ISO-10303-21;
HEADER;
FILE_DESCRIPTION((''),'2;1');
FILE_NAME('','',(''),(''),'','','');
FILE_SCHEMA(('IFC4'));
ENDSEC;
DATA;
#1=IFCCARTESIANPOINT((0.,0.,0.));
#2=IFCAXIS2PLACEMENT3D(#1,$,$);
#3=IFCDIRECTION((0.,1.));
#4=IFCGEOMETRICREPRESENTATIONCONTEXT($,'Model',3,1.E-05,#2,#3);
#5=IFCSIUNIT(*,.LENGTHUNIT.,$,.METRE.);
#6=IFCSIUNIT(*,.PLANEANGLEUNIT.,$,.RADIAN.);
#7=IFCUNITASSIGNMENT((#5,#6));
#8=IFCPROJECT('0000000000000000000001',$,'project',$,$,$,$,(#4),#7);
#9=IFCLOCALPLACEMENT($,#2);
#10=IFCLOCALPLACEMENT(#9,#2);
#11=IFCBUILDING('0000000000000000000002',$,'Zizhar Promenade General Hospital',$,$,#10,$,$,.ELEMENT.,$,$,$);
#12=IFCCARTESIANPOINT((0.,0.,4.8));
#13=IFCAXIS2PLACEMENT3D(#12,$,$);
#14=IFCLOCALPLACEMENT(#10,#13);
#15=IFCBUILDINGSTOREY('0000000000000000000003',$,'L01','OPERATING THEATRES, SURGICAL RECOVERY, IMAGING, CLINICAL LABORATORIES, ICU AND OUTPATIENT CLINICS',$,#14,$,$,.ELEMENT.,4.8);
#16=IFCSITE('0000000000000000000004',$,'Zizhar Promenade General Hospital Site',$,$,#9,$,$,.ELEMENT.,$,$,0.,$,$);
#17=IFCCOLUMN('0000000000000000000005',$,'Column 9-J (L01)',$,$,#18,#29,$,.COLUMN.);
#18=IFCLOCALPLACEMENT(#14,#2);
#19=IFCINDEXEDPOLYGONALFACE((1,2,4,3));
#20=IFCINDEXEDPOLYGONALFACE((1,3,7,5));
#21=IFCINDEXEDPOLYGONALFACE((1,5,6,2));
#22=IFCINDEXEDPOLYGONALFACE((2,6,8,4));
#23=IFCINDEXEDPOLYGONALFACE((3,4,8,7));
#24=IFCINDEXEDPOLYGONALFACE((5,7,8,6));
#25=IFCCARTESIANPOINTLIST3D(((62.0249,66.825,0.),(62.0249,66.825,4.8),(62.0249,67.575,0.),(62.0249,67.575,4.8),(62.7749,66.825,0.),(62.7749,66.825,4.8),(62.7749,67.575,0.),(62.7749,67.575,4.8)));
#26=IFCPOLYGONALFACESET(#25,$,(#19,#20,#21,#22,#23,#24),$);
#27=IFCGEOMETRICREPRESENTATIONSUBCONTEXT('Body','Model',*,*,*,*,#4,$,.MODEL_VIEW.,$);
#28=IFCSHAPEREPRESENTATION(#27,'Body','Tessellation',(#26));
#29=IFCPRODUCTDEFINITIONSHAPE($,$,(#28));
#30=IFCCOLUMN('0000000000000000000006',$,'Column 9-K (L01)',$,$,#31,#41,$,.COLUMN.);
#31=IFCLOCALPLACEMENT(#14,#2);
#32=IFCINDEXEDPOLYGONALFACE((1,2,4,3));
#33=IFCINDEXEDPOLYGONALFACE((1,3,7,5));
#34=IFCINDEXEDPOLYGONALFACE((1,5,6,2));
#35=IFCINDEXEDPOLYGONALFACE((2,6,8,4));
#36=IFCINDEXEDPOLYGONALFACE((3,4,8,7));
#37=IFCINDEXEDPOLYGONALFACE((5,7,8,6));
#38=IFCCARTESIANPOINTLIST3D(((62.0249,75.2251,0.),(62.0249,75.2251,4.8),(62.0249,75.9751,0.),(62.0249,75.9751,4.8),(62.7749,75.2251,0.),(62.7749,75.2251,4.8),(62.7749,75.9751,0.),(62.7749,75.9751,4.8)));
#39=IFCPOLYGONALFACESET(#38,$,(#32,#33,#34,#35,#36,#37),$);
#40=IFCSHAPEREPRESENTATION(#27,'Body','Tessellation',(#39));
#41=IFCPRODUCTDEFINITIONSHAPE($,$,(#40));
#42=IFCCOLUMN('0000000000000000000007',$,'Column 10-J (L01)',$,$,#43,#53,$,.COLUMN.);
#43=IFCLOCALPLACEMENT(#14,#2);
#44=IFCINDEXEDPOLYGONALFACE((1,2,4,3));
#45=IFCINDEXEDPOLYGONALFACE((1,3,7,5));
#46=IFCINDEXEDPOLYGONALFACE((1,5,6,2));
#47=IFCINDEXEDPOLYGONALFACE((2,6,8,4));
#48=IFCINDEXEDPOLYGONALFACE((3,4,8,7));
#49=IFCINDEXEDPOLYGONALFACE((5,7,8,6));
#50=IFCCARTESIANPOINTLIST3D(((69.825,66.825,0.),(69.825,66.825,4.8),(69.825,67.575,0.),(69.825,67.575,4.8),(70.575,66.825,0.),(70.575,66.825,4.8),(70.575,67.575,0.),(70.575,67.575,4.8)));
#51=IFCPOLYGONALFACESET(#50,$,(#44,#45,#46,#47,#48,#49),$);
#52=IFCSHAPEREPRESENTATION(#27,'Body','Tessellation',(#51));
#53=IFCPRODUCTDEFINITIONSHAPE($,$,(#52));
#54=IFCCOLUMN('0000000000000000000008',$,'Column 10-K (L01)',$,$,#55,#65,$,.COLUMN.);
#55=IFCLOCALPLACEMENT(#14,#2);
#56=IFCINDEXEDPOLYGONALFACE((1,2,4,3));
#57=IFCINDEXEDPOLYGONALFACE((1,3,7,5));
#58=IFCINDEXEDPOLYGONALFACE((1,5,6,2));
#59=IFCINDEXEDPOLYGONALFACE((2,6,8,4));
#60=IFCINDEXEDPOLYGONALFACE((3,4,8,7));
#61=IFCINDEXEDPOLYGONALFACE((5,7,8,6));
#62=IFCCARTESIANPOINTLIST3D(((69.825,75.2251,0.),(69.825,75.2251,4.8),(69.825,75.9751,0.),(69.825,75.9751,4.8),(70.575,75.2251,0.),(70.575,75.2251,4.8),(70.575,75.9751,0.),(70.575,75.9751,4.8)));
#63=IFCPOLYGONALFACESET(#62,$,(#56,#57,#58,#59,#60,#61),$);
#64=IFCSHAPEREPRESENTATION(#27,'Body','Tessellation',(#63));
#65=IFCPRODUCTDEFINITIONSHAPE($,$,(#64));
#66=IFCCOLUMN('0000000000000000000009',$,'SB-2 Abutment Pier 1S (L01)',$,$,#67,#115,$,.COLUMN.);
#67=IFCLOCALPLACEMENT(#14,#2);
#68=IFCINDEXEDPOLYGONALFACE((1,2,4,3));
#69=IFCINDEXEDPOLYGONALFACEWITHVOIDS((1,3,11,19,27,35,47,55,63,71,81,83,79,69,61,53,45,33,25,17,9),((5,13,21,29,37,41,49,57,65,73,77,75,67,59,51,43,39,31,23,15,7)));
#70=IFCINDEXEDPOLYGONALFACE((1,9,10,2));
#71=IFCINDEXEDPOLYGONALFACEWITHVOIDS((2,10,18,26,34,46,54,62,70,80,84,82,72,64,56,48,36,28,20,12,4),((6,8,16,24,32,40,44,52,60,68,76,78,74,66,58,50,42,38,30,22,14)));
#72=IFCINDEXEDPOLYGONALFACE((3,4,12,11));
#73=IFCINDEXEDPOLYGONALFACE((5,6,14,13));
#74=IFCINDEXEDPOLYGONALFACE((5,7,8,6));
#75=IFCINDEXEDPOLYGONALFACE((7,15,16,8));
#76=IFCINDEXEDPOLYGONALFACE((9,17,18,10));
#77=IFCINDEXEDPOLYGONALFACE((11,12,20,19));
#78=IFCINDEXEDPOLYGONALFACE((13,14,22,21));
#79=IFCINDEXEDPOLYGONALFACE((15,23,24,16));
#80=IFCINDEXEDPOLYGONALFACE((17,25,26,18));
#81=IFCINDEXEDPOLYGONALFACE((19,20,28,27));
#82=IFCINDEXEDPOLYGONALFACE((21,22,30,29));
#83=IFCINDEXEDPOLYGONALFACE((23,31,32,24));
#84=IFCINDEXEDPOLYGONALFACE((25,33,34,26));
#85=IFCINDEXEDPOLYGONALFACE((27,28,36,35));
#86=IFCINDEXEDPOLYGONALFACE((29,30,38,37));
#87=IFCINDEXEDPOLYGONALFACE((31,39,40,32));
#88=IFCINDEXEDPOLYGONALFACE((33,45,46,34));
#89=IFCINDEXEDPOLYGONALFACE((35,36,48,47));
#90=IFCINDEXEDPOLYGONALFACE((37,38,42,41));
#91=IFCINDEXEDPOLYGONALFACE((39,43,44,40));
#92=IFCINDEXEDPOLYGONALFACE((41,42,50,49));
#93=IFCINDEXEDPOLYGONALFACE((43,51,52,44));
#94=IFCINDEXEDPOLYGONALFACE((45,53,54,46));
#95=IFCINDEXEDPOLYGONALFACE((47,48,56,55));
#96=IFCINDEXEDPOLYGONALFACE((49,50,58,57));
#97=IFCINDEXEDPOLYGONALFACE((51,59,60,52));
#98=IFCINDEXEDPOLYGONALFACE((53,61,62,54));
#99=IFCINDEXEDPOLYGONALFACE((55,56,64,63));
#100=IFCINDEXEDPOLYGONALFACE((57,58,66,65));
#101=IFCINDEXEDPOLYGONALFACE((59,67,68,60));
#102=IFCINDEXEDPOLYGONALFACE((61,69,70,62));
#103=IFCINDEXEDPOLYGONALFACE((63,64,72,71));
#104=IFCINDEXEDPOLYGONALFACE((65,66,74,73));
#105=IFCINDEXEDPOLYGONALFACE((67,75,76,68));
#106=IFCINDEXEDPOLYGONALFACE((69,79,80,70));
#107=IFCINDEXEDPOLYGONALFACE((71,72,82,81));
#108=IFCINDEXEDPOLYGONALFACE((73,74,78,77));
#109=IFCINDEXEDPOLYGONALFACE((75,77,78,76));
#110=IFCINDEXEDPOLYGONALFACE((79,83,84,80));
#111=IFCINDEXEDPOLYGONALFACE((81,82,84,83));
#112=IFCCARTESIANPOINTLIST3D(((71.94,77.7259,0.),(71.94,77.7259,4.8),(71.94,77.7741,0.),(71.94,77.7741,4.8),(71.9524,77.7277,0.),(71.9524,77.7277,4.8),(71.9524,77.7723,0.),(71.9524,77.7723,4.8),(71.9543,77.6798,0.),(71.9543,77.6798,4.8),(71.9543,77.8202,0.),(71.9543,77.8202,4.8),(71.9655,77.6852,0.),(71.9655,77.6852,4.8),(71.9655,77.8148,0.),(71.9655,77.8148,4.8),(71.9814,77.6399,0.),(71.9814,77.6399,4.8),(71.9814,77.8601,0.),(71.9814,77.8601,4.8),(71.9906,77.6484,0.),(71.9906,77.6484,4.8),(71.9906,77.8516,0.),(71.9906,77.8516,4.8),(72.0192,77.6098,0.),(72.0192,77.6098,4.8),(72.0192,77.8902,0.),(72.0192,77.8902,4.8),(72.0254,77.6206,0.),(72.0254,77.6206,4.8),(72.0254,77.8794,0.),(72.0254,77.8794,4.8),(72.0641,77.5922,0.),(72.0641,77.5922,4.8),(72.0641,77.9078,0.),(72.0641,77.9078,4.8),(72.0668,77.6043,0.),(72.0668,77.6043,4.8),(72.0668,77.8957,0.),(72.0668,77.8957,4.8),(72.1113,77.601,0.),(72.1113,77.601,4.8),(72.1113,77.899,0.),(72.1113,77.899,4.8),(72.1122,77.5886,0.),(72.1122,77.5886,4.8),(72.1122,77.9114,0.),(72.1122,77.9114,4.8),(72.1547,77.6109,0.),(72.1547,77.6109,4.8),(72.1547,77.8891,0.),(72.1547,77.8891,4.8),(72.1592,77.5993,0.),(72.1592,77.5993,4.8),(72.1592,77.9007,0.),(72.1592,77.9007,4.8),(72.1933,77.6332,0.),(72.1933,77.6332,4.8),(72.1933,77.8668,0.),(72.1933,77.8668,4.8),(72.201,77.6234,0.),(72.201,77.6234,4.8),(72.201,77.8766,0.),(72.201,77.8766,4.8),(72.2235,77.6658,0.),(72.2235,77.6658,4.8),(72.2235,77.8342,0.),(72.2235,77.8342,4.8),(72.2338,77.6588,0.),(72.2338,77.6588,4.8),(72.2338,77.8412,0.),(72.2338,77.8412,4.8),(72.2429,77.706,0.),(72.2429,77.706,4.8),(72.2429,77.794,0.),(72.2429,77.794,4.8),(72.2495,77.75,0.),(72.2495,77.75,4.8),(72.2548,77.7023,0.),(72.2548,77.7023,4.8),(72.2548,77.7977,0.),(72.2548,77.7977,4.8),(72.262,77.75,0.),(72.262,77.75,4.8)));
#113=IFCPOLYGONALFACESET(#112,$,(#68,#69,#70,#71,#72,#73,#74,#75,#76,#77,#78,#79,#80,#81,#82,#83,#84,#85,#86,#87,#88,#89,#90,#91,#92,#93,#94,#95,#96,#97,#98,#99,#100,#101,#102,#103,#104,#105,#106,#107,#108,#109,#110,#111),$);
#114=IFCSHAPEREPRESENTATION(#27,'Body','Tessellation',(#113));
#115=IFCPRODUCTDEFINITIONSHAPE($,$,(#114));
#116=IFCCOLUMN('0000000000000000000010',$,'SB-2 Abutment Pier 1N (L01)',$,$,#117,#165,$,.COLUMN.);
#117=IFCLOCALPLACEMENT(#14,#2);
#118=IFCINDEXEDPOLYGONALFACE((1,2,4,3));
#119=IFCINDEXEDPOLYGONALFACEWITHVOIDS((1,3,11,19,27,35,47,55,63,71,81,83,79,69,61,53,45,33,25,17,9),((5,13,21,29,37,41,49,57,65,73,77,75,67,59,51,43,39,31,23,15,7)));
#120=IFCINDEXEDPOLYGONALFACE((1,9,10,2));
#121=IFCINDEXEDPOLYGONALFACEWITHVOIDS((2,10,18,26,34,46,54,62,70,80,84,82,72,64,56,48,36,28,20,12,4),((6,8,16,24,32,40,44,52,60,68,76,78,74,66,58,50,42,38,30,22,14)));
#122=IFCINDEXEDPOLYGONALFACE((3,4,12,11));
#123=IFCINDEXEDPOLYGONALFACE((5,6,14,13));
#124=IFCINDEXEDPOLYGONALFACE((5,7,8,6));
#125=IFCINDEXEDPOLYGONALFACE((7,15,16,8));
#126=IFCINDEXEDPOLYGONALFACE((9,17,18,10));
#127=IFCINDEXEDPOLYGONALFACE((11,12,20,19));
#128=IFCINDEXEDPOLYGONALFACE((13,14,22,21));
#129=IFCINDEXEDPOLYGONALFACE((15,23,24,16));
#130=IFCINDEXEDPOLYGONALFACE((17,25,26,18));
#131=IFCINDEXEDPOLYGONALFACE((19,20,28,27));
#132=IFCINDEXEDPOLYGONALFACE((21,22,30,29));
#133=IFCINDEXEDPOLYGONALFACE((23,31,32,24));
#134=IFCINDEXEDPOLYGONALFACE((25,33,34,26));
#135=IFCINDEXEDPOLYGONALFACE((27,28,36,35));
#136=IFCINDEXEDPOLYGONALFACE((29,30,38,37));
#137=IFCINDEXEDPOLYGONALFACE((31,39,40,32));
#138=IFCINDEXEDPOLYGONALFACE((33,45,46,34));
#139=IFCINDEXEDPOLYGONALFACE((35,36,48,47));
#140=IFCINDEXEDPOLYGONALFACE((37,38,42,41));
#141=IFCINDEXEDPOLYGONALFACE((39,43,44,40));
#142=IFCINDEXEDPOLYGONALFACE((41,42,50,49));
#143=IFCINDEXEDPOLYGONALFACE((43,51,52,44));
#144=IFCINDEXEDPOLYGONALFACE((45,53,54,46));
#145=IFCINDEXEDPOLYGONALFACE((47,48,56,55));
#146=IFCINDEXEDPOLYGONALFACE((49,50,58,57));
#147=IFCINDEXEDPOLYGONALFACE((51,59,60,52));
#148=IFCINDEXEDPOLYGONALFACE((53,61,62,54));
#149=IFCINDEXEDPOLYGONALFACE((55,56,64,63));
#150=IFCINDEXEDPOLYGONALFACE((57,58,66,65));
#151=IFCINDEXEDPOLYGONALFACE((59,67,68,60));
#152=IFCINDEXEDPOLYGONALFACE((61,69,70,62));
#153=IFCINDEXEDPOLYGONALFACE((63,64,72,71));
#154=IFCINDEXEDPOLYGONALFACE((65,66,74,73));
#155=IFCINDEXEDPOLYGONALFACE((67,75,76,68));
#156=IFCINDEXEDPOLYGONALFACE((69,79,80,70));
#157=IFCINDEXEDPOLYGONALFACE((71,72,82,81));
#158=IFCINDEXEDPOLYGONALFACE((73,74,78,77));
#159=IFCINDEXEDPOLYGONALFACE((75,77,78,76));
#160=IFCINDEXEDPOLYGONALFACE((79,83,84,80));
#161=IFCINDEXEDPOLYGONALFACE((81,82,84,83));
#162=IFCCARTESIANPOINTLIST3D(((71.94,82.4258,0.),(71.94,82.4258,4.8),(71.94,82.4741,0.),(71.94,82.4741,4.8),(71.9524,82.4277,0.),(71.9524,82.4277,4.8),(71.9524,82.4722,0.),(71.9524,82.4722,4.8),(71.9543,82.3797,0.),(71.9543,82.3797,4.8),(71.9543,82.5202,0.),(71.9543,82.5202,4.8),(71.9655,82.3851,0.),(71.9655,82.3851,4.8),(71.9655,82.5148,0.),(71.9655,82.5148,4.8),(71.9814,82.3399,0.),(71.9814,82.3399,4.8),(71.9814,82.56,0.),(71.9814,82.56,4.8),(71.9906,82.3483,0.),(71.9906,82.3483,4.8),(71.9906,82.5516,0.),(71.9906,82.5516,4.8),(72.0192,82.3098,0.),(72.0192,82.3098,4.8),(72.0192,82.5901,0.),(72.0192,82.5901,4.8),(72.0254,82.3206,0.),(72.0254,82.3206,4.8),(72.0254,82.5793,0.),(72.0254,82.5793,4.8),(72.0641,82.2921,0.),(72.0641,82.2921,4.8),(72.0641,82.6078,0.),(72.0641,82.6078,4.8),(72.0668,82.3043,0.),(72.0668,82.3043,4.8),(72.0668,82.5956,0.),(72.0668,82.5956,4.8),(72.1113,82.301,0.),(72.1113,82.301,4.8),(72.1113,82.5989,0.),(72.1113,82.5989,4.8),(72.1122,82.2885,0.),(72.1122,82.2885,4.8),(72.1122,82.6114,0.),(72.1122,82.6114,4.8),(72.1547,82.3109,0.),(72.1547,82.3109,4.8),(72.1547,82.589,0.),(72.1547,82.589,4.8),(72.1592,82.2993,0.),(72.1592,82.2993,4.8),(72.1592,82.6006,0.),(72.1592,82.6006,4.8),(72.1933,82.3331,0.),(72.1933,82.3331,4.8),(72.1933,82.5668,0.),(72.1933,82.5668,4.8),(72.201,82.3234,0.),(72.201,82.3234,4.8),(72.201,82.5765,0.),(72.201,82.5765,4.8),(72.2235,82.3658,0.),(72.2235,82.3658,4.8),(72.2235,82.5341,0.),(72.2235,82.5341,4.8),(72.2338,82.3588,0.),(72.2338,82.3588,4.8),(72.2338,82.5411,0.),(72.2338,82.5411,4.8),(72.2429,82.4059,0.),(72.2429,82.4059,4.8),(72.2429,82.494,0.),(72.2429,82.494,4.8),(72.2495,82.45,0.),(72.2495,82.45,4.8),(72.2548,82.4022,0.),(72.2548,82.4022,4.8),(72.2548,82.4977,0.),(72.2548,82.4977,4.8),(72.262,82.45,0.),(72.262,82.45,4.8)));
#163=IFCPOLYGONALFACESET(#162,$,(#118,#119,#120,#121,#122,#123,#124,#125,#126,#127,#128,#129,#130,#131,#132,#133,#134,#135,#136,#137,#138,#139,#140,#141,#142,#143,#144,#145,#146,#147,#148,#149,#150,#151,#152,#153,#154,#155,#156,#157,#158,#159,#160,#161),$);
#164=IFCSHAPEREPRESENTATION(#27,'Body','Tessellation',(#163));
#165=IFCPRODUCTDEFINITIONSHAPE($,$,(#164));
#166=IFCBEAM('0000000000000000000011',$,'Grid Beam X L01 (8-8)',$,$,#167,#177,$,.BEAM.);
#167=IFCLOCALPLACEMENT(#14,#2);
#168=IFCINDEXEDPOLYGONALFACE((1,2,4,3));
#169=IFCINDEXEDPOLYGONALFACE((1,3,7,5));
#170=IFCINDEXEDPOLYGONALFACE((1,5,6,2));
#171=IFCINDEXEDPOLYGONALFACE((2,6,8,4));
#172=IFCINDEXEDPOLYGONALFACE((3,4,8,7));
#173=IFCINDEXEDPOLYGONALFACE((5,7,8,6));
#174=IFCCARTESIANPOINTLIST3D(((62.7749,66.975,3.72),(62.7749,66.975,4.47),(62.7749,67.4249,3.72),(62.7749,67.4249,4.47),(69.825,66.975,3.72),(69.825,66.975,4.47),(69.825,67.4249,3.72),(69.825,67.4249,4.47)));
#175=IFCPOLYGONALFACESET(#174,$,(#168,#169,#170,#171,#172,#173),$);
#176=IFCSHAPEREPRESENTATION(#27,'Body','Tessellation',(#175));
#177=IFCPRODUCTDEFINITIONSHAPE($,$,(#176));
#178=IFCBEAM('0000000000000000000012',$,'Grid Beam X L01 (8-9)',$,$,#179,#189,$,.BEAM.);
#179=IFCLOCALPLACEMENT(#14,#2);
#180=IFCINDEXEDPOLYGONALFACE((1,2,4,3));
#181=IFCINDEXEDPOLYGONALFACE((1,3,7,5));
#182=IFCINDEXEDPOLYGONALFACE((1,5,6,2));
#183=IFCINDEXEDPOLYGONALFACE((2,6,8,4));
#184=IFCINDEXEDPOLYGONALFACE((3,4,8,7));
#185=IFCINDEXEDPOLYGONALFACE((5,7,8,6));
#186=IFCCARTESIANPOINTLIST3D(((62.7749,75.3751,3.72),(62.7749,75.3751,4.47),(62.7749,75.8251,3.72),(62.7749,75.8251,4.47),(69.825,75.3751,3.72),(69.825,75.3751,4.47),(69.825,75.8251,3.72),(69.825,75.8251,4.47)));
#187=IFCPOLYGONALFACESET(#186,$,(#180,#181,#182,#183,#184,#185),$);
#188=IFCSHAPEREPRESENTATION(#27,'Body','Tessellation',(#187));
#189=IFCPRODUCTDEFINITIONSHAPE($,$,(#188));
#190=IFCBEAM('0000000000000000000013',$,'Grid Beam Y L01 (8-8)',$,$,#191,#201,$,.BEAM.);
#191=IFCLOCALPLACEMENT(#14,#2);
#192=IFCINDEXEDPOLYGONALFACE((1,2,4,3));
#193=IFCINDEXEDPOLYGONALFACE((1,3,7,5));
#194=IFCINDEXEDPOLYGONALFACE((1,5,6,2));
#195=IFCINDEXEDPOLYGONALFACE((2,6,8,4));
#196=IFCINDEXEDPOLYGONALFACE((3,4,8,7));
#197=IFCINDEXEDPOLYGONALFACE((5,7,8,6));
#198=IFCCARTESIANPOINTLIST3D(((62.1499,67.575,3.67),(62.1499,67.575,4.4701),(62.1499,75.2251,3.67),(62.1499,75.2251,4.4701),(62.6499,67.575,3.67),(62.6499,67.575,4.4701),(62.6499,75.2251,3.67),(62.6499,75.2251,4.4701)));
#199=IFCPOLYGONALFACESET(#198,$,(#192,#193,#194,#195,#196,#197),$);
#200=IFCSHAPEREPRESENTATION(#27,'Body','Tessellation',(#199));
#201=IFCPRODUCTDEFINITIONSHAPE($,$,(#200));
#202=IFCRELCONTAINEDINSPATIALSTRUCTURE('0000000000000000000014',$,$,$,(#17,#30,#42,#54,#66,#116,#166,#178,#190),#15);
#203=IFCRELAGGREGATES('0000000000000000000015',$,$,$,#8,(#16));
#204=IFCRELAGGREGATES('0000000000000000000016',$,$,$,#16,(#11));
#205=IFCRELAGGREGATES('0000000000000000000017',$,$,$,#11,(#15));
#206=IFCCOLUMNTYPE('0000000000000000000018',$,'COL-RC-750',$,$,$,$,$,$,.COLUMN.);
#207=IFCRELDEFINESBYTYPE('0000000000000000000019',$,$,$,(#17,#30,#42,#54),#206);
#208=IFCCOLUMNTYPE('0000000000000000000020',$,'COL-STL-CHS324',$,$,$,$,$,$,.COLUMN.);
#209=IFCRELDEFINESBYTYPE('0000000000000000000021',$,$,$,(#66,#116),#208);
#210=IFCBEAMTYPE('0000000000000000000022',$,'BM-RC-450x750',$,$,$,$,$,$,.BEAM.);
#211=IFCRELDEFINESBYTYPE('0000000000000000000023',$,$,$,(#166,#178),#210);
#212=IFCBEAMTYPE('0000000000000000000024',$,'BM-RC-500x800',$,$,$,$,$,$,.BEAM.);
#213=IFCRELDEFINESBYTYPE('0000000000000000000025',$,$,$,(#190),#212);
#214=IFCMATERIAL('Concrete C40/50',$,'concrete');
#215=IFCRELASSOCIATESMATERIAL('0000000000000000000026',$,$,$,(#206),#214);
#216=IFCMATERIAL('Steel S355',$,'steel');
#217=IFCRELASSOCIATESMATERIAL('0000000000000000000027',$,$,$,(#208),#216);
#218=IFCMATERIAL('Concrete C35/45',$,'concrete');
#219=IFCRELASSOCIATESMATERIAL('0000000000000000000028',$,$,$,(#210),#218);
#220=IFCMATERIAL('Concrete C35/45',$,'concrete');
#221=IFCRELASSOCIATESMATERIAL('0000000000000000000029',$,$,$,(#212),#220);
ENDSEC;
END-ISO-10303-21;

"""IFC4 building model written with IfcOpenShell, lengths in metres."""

from ifc_helpers import new_model, si_unit, direction, frame, origin, origin_2d, place, context, subcontext, project, spatial, rectangle, hollow_circle, extrude, material, material_profile, profile_set, type_object, element, save


model = new_model("IFC4")

# Units and contexts
model_context = context("Model", 3, precision=1e-05, world=origin(), true_north=direction((0.0, 1.0)))
body_context = subcontext(model_context, "Body", "Model", "MODEL_VIEW")
ifc_project = project(units=[si_unit("LENGTHUNIT", "METRE"), si_unit("PLANEANGLEUNIT", "RADIAN")], contexts=[model_context])

# Site, building, storey
site_placement = place(None, origin())
site = spatial("IfcSite", under=ifc_project, at=site_placement, Name="Zizhar Promenade General Hospital Site", CompositionType="ELEMENT", RefElevation=0.0)
building_placement = place(site_placement, origin())
building = spatial("IfcBuilding", under=site, at=building_placement, Name="Zizhar Promenade General Hospital", CompositionType="ELEMENT")
storey_placement = place(building_placement, frame((0.0, 0.0, 4.8)))
storey = spatial("IfcBuildingStorey", under=building, at=storey_placement, Name="L01", Description="OPERATING THEATRES, SURGICAL RECOVERY, IMAGING, CLINICAL LABORATORIES, ICU AND OUTPATIENT CLINICS", CompositionType="ELEMENT", Elevation=4.8)

# Columns
ifc_material_1 = material(Name="Concrete C40/50", Category="concrete")
ifc_material_profile_1 = material_profile(ifc_material_1, rectangle(XDim=0.75, YDim=0.75, at=origin_2d()))
ifc_profile_set_1 = profile_set([ifc_material_profile_1], Name="Concrete C40/50")
column_type_1 = type_object("IfcColumnType", Name="COL-RC-750", PredefinedType="COLUMN", material=ifc_profile_set_1)
for number, where, z_axis, x_axis, name in (
    (1, (62.3999, 67.2, 0.0), (0.0, 0.0, 1.0), (1.0, 0.0, 0.0), "Column 9-J (L01)"),
    (2, (62.3999, 75.6001, 0.0), (0.0, 0.0, 1.0), (1.0, 0.0, 0.0), "Column 9-K (L01)"),
    (3, (70.2, 67.2, 0.0), (0.0, 0.0, 1.0), (1.0, 0.0, 0.0), "Column 10-J (L01)"),
    (4, (70.2, 75.6001, 0.0), (0.0, 0.0, 1.0), (1.0, 0.0, 0.0), "Column 10-K (L01)"),
):
    element("IfcColumn", number, at=place(storey_placement, frame(where, z_axis=z_axis, x_axis=x_axis)), inside=storey, type_object=column_type_1, Name=name, PredefinedType="COLUMN", context=body_context, shape_type="SweptSolid", body=[
        extrude(rectangle(XDim=0.75, YDim=0.75, at=origin_2d()), origin(), (0.0, 0.0, 1.0), 4.8),
    ])
ifc_material_2 = material(Name="Steel S355", Category="steel")
ifc_material_profile_2 = material_profile(ifc_material_2, hollow_circle(Radius=0.1619, WallThickness=0.0125, at=origin_2d()))
ifc_profile_set_2 = profile_set([ifc_material_profile_2], Name="Steel S355")
column_type_2 = type_object("IfcColumnType", Name="COL-STL-CHS324", PredefinedType="COLUMN", material=ifc_profile_set_2)
for number, where, z_axis, x_axis, name in (
    (5, (72.1001, 77.75, 0.0), (0.0, 0.0, 1.0), (1.0, 0.0, 0.0), "SB-2 Abutment Pier 1S (L01)"),
    (6, (72.1001, 82.45, 0.0), (0.0, 0.0, 1.0), (1.0, 0.0, 0.0), "SB-2 Abutment Pier 1N (L01)"),
):
    element("IfcColumn", number, at=place(storey_placement, frame(where, z_axis=z_axis, x_axis=x_axis)), inside=storey, type_object=column_type_2, Name=name, PredefinedType="COLUMN", context=body_context, shape_type="SweptSolid", body=[
        extrude(hollow_circle(Radius=0.1619, WallThickness=0.0125, at=origin_2d()), origin(), (0.0, 0.0, 1.0), 4.8),
    ])

# Beams
ifc_material_3 = material(Name="Concrete C35/45", Category="concrete")
ifc_material_profile_3 = material_profile(ifc_material_3, rectangle(XDim=0.45, YDim=0.75, at=origin_2d()))
ifc_profile_set_3 = profile_set([ifc_material_profile_3], Name="Concrete C35/45")
beam_type_1 = type_object("IfcBeamType", Name="BM-RC-450x750", PredefinedType="BEAM", material=ifc_profile_set_3)
for number, where, z_axis, x_axis, name in (
    (7, (62.7749, 67.2, 4.095), (1.0, 0.0, 0.0), (0.0, 1.0, 0.0), "Grid Beam X L01 (8-8)"),
    (8, (62.7749, 75.6001, 4.095), (1.0, 0.0, 0.0), (0.0, 1.0, 0.0), "Grid Beam X L01 (8-9)"),
):
    element("IfcBeam", number, at=place(storey_placement, frame(where, z_axis=z_axis, x_axis=x_axis)), inside=storey, type_object=beam_type_1, Name=name, PredefinedType="BEAM", context=body_context, shape_type="SweptSolid", body=[
        extrude(rectangle(XDim=0.45, YDim=0.75, at=origin_2d()), origin(), (0.0, 0.0, 1.0), 7.05),
    ])
ifc_material_4 = material(Name="Concrete C35/45", Category="concrete")
ifc_material_profile_4 = material_profile(ifc_material_4, rectangle(XDim=0.5, YDim=0.8, at=origin_2d()))
ifc_profile_set_4 = profile_set([ifc_material_profile_4], Name="Concrete C35/45")
beam_type_2 = type_object("IfcBeamType", Name="BM-RC-500x800", PredefinedType="BEAM", material=ifc_profile_set_4)
beam_1_placement = place(storey_placement, frame((62.3999, 67.575, 4.0701), z_axis=(0.0, 1.0, 0.0), x_axis=(-1.0, 0.0, 0.0)))
element("IfcBeam", 9, at=beam_1_placement, inside=storey, type_object=beam_type_2, Name="Grid Beam Y L01 (8-8)", PredefinedType="BEAM", context=body_context, shape_type="SweptSolid", body=[
    extrude(rectangle(XDim=0.5, YDim=0.8, at=origin_2d()), origin(), (0.0, 0.0, 1.0), 7.6501),
])

save(model, "model.ifc")
